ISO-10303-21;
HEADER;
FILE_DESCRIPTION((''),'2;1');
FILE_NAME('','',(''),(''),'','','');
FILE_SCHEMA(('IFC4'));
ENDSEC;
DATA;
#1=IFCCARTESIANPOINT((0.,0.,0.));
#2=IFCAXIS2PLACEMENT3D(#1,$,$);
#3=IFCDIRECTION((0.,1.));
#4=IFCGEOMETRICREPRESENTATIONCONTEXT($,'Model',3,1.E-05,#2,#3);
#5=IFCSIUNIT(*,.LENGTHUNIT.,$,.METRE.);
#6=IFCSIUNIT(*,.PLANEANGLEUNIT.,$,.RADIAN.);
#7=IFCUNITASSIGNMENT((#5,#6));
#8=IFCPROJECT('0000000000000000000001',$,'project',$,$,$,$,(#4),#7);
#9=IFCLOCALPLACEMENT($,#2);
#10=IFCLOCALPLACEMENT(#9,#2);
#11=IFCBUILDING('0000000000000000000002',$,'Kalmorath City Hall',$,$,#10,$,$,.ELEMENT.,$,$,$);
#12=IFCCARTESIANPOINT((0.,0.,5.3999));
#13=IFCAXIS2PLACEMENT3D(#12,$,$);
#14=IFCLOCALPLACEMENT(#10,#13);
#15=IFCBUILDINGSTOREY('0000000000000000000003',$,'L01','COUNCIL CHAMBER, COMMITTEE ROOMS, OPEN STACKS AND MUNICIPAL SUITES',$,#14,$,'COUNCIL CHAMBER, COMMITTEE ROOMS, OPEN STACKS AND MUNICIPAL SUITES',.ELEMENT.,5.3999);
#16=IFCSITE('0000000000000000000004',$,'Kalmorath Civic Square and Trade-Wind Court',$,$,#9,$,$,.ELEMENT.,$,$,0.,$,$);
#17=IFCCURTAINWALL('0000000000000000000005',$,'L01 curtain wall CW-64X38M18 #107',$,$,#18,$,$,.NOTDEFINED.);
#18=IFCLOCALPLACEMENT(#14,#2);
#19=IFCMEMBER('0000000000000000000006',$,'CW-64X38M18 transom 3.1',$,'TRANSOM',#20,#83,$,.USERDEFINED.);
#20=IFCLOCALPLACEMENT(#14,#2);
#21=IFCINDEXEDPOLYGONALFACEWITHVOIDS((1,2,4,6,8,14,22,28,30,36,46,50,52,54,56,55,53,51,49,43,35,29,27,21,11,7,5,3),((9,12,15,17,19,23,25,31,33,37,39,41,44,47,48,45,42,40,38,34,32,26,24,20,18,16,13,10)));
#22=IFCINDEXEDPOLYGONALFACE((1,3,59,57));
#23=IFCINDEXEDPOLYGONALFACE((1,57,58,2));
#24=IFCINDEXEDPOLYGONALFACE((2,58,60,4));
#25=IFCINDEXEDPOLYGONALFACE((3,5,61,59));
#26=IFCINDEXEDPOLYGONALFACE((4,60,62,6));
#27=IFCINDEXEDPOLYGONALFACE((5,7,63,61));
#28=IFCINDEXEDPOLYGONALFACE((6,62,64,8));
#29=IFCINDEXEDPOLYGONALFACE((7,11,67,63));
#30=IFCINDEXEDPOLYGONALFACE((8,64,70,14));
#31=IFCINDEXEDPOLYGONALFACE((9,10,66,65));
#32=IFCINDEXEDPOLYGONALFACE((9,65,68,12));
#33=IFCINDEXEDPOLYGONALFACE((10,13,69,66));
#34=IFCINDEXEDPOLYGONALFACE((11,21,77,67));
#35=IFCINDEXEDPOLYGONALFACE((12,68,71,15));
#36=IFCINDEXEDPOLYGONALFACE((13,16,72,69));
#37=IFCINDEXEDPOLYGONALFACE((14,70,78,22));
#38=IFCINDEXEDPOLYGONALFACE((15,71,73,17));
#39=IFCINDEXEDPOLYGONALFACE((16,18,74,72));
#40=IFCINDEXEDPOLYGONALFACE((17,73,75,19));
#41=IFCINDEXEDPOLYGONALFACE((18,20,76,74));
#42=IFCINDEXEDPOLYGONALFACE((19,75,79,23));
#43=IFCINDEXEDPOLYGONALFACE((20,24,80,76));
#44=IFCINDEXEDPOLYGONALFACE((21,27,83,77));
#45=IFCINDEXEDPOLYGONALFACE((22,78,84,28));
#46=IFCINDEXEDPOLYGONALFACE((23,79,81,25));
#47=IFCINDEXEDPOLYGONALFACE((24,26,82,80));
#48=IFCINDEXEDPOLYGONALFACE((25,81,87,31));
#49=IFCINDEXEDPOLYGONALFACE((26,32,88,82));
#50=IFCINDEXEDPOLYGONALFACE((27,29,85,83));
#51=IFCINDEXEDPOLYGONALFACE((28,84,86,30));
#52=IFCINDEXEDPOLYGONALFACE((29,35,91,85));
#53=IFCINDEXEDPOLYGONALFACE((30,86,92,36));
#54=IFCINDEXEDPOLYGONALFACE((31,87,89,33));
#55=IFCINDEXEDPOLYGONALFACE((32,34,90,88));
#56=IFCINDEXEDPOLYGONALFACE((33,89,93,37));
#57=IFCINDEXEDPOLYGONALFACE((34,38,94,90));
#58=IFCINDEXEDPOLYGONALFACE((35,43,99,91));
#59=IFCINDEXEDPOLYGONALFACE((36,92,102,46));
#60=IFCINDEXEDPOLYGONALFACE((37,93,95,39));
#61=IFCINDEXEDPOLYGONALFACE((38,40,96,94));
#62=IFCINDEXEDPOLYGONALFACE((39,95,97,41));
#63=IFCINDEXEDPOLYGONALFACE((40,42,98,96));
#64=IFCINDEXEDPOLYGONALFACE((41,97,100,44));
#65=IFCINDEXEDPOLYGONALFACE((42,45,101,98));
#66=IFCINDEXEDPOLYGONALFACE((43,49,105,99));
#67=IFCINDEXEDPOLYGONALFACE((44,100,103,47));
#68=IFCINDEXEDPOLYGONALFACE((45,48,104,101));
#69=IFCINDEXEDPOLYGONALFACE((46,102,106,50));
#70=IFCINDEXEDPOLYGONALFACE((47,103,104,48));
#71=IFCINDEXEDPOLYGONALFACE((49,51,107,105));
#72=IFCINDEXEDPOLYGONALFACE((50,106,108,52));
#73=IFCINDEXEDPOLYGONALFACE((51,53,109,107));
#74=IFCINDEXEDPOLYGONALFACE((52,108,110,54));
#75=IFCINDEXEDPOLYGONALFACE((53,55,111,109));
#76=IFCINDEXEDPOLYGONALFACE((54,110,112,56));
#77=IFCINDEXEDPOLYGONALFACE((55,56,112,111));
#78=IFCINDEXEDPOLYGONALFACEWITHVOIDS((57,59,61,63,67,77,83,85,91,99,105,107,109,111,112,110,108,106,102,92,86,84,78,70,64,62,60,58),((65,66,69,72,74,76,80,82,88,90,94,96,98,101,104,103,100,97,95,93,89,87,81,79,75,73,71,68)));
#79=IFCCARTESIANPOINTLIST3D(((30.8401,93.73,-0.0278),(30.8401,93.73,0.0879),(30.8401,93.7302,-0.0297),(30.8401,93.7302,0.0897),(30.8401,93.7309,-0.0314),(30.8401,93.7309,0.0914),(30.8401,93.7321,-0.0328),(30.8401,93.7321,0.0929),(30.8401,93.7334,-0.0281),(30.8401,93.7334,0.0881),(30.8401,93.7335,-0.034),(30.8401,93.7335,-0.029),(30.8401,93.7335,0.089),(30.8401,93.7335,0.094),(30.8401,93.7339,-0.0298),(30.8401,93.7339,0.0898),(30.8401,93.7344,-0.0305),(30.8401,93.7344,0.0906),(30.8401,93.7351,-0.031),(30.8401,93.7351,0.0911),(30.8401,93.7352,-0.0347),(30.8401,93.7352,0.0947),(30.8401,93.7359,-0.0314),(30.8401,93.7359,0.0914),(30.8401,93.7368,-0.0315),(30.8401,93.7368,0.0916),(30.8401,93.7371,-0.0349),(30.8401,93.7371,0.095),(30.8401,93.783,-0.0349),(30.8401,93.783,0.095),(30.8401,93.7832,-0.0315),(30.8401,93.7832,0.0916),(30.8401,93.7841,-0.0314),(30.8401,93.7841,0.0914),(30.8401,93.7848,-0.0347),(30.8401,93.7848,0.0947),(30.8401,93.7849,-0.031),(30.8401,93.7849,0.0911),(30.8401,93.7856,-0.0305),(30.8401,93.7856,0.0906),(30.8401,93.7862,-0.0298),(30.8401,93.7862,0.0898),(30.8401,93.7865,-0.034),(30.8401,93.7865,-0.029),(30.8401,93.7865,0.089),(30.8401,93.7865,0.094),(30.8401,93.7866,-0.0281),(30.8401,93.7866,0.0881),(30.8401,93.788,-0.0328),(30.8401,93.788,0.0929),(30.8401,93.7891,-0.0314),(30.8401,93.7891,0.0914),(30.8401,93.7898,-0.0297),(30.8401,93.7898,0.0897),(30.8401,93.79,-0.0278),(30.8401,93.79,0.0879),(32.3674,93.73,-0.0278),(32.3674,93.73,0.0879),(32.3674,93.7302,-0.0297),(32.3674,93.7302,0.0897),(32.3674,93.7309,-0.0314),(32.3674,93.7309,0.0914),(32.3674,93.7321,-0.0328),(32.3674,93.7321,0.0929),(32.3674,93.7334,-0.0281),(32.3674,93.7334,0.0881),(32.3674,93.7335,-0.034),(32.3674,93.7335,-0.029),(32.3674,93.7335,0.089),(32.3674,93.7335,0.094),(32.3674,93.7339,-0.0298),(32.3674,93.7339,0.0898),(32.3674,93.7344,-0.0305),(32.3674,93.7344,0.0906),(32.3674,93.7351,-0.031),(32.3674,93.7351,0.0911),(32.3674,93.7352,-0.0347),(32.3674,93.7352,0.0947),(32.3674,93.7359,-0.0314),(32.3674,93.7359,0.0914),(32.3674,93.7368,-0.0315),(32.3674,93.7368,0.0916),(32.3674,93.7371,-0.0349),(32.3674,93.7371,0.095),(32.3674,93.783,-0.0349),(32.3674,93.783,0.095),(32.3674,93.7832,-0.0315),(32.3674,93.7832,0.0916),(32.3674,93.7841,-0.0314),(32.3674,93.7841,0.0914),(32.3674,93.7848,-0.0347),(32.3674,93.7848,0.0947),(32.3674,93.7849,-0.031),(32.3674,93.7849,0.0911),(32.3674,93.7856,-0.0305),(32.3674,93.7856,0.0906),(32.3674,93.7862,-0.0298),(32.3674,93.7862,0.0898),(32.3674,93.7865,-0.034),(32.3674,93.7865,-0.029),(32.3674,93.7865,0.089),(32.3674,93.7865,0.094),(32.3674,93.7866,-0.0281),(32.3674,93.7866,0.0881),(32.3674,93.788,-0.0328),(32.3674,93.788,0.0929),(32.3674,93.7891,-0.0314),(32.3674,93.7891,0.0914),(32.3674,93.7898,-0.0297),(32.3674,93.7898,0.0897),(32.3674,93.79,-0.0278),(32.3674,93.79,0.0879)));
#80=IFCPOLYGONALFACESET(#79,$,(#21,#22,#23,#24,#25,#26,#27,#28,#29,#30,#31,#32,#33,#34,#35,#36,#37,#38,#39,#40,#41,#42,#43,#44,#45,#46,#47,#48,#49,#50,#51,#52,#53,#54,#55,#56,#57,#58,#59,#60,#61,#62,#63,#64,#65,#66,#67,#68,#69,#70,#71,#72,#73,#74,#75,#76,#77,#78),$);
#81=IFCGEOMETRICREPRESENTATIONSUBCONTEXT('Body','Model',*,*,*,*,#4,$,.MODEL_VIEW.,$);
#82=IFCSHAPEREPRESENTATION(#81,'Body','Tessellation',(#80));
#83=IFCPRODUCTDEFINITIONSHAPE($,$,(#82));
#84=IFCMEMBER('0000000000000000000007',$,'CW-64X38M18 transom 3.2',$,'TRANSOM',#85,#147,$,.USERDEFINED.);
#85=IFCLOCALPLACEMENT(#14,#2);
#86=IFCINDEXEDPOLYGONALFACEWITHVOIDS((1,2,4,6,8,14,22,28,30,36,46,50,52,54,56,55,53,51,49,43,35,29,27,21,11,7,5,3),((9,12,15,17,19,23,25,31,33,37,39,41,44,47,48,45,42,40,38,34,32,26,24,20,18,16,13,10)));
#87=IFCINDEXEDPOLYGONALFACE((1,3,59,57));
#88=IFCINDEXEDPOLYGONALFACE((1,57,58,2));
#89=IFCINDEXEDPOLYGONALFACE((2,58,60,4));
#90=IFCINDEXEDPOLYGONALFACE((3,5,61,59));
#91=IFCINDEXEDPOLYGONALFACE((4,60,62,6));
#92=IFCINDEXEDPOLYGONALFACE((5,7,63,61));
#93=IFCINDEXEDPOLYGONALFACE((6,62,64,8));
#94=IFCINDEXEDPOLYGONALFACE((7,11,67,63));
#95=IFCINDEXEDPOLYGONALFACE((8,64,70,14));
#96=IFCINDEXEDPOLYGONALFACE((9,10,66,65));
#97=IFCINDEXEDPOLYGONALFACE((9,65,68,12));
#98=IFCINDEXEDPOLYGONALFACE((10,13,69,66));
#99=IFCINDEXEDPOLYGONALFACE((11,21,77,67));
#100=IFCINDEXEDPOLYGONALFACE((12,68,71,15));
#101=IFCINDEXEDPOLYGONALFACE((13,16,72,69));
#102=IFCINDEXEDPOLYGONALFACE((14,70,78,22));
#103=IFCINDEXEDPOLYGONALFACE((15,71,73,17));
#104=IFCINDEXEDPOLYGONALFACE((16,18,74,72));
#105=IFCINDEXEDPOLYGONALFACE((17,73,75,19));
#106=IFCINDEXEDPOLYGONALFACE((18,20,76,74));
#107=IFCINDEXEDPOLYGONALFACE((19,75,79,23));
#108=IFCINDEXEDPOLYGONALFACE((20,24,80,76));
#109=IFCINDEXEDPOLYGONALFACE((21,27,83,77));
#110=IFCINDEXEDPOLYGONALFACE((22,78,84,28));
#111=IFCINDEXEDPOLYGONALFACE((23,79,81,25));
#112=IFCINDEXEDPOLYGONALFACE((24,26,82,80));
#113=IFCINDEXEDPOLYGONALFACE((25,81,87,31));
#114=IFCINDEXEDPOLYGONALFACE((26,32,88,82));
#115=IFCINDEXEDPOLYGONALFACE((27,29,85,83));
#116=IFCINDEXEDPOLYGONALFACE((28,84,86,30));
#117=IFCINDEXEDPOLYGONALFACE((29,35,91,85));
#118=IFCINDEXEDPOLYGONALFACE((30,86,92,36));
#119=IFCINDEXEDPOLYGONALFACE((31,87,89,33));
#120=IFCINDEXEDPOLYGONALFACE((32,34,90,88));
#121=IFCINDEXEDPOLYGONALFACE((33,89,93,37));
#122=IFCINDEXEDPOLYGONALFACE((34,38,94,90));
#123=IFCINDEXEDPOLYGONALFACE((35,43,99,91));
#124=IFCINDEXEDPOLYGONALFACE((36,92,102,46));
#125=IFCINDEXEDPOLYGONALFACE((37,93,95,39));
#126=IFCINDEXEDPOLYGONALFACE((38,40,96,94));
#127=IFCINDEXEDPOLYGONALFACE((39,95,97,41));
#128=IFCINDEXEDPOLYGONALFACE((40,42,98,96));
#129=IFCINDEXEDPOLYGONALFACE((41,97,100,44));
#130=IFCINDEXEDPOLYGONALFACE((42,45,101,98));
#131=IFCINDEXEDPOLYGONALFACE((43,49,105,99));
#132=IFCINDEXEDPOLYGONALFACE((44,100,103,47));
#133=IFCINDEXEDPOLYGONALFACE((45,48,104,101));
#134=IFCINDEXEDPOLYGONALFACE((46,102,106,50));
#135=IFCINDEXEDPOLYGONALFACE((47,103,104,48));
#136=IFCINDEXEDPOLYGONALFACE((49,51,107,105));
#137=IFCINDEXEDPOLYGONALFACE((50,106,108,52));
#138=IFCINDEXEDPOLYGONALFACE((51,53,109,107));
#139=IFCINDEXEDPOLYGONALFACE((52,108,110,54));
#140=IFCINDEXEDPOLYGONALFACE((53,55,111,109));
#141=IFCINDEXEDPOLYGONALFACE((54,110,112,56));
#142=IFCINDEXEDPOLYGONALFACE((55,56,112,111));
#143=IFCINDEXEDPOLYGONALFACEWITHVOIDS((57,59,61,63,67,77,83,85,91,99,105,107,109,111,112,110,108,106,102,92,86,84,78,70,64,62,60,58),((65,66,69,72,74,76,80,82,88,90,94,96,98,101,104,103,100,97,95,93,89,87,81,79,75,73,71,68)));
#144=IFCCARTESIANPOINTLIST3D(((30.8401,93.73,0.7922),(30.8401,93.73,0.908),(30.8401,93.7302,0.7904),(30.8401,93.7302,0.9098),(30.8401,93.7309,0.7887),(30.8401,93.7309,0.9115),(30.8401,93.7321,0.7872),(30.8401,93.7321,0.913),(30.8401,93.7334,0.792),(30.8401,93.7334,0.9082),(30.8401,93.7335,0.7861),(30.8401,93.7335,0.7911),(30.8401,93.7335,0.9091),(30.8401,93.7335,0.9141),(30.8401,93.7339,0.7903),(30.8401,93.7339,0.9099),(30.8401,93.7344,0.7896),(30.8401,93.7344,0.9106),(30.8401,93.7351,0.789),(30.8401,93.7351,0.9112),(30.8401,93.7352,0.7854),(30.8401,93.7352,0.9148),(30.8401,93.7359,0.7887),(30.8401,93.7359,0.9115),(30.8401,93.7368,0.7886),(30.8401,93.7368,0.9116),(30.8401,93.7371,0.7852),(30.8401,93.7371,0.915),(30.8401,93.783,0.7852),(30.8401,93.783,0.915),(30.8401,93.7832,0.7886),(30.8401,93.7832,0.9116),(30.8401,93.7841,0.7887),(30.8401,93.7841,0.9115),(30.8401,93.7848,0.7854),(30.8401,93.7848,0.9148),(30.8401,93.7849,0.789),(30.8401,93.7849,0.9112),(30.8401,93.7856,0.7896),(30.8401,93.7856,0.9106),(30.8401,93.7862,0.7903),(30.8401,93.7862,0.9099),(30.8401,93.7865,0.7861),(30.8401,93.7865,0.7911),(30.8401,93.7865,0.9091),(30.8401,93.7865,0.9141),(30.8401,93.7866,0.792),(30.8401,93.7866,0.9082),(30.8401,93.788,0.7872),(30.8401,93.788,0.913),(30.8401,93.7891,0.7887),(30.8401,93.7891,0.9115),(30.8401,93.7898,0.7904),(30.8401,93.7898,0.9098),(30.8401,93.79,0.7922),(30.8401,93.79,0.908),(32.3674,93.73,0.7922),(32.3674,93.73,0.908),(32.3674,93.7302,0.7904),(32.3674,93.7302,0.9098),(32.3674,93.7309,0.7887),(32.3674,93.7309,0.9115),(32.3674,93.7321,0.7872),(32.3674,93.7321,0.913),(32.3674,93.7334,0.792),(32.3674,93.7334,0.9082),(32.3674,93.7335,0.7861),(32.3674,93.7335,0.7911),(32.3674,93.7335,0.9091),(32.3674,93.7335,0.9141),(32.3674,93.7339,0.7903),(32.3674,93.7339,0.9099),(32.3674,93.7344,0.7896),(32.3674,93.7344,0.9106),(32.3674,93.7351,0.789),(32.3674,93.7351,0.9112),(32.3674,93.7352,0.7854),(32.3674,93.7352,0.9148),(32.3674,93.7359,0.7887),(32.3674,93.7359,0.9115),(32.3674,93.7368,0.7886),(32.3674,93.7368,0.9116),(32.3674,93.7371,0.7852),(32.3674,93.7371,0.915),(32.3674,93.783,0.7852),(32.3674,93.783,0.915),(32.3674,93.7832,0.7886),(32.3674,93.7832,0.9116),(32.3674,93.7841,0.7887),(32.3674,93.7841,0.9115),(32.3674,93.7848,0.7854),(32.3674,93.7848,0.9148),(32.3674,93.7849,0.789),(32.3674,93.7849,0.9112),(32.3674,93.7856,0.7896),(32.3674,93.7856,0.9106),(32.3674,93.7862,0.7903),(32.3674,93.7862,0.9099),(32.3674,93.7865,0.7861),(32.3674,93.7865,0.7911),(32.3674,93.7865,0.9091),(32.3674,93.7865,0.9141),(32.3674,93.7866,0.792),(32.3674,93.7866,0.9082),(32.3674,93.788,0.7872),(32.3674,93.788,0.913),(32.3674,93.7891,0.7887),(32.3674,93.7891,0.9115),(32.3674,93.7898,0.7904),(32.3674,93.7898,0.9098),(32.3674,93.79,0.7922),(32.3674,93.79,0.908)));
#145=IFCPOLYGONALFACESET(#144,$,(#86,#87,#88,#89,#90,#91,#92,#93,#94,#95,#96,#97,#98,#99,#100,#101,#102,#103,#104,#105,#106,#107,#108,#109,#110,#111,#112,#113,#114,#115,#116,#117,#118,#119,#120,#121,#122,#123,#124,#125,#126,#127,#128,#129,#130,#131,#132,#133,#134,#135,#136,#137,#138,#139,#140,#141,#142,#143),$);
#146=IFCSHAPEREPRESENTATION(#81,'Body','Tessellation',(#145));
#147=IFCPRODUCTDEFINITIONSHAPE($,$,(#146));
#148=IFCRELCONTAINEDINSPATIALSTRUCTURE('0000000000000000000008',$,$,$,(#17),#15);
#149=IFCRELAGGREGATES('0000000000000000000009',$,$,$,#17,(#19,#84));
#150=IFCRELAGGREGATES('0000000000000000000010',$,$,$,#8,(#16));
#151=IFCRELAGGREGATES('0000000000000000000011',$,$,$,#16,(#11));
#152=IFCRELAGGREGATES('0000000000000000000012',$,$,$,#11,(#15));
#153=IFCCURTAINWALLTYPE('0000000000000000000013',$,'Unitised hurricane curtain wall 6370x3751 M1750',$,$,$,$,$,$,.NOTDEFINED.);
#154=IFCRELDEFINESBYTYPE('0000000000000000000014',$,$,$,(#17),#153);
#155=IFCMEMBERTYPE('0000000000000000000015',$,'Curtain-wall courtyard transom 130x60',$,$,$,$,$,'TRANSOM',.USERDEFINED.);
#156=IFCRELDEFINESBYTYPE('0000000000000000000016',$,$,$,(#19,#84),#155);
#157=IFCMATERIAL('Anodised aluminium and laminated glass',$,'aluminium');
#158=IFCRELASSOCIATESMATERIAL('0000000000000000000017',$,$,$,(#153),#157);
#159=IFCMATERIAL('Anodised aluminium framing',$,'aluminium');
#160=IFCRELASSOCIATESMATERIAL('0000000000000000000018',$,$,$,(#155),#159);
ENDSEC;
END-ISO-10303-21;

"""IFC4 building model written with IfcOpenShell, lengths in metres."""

from ifc_helpers import new_model, si_unit, direction, frame, origin, origin_2d, place, context, subcontext, project, spatial, hollow_rectangle, extrude, material, material_profile, profile_set, type_object, element, aggregate, save


model = new_model("IFC4")

# Units and contexts
model_context = context("Model", 3, precision=1e-05, world=origin(), true_north=direction((0.0, 1.0)))
body_context = subcontext(model_context, "Body", "Model", "MODEL_VIEW")
ifc_project = project(units=[si_unit("LENGTHUNIT", "METRE"), si_unit("PLANEANGLEUNIT", "RADIAN")], contexts=[model_context])

# Site, building, storey
site_placement = place(None, origin())
site = spatial("IfcSite", under=ifc_project, at=site_placement, Name="Kalmorath Civic Square and Trade-Wind Court", CompositionType="ELEMENT", RefElevation=0.0)
building_placement = place(site_placement, origin())
building = spatial("IfcBuilding", under=site, at=building_placement, Name="Kalmorath City Hall", CompositionType="ELEMENT")
storey_placement = place(building_placement, frame((0.0, 0.0, 5.3999)))
storey = spatial("IfcBuildingStorey", under=building, at=storey_placement, Name="L01", Description="COUNCIL CHAMBER, COMMITTEE ROOMS, OPEN STACKS AND MUNICIPAL SUITES", LongName="COUNCIL CHAMBER, COMMITTEE ROOMS, OPEN STACKS AND MUNICIPAL SUITES", CompositionType="ELEMENT", Elevation=5.3999)

# Curtain wall
ifc_material_1 = material(Name="Anodised aluminium and laminated glass", Category="aluminium")
curtain_wall_type_1 = type_object("IfcCurtainWallType", Name="Unitised hurricane curtain wall 6370x3751 M1750", PredefinedType="NOTDEFINED", material=ifc_material_1)
curtain_wall_1_placement = place(storey_placement, origin())
curtain_wall_1 = element("IfcCurtainWall", 1, at=curtain_wall_1_placement, inside=storey, type_object=curtain_wall_type_1, Name="L01 curtain wall CW-64X38M18 #107", PredefinedType="NOTDEFINED")

# Members
ifc_material_2 = material(Name="Anodised aluminium framing", Category="aluminium")
ifc_material_profile_1 = material_profile(ifc_material_2, hollow_rectangle(XDim=0.0601, YDim=0.1299, WallThickness=0.0034, InnerFilletRadius=0.0034, OuterFilletRadius=0.0071, at=origin_2d()), Name="ALU-TRN-130X60X3.5")
ifc_profile_set_1 = profile_set([ifc_material_profile_1], Name="Anodised aluminium framing")
member_type_1 = type_object("IfcMemberType", Name="Curtain-wall courtyard transom 130x60", ElementType="TRANSOM", PredefinedType="USERDEFINED", material=ifc_profile_set_1)
member_1_placement = place(storey_placement, frame((32.3674, 93.76, 0.03), z_axis=(-1.0, 0.0, 0.0), x_axis=(0.0, -1.0, 0.0)))
member_1 = element("IfcMember", 2, at=member_1_placement, type_object=member_type_1, Name="CW-64X38M18 transom 3.1", ObjectType="TRANSOM", PredefinedType="USERDEFINED", context=body_context, shape_type="SweptSolid", body=[
    extrude(hollow_rectangle(XDim=0.0601, YDim=0.1299, WallThickness=0.0034, InnerFilletRadius=0.0034, OuterFilletRadius=0.0071, at=origin_2d()), origin(), (0.0, 0.0, 1.0), 1.5273),
])
member_2_placement = place(storey_placement, frame((32.3674, 93.76, 0.8501), z_axis=(-1.0, 0.0, 0.0), x_axis=(0.0, -1.0, 0.0)))
member_2 = element("IfcMember", 3, at=member_2_placement, type_object=member_type_1, Name="CW-64X38M18 transom 3.2", ObjectType="TRANSOM", PredefinedType="USERDEFINED", context=body_context, shape_type="SweptSolid", body=[
    extrude(hollow_rectangle(XDim=0.0601, YDim=0.1299, WallThickness=0.0034, InnerFilletRadius=0.0034, OuterFilletRadius=0.0071, at=origin_2d()), origin(), (0.0, 0.0, 1.0), 1.5273),
])

aggregate(curtain_wall_1, [member_1, member_2])

save(model, "model.ifc")
